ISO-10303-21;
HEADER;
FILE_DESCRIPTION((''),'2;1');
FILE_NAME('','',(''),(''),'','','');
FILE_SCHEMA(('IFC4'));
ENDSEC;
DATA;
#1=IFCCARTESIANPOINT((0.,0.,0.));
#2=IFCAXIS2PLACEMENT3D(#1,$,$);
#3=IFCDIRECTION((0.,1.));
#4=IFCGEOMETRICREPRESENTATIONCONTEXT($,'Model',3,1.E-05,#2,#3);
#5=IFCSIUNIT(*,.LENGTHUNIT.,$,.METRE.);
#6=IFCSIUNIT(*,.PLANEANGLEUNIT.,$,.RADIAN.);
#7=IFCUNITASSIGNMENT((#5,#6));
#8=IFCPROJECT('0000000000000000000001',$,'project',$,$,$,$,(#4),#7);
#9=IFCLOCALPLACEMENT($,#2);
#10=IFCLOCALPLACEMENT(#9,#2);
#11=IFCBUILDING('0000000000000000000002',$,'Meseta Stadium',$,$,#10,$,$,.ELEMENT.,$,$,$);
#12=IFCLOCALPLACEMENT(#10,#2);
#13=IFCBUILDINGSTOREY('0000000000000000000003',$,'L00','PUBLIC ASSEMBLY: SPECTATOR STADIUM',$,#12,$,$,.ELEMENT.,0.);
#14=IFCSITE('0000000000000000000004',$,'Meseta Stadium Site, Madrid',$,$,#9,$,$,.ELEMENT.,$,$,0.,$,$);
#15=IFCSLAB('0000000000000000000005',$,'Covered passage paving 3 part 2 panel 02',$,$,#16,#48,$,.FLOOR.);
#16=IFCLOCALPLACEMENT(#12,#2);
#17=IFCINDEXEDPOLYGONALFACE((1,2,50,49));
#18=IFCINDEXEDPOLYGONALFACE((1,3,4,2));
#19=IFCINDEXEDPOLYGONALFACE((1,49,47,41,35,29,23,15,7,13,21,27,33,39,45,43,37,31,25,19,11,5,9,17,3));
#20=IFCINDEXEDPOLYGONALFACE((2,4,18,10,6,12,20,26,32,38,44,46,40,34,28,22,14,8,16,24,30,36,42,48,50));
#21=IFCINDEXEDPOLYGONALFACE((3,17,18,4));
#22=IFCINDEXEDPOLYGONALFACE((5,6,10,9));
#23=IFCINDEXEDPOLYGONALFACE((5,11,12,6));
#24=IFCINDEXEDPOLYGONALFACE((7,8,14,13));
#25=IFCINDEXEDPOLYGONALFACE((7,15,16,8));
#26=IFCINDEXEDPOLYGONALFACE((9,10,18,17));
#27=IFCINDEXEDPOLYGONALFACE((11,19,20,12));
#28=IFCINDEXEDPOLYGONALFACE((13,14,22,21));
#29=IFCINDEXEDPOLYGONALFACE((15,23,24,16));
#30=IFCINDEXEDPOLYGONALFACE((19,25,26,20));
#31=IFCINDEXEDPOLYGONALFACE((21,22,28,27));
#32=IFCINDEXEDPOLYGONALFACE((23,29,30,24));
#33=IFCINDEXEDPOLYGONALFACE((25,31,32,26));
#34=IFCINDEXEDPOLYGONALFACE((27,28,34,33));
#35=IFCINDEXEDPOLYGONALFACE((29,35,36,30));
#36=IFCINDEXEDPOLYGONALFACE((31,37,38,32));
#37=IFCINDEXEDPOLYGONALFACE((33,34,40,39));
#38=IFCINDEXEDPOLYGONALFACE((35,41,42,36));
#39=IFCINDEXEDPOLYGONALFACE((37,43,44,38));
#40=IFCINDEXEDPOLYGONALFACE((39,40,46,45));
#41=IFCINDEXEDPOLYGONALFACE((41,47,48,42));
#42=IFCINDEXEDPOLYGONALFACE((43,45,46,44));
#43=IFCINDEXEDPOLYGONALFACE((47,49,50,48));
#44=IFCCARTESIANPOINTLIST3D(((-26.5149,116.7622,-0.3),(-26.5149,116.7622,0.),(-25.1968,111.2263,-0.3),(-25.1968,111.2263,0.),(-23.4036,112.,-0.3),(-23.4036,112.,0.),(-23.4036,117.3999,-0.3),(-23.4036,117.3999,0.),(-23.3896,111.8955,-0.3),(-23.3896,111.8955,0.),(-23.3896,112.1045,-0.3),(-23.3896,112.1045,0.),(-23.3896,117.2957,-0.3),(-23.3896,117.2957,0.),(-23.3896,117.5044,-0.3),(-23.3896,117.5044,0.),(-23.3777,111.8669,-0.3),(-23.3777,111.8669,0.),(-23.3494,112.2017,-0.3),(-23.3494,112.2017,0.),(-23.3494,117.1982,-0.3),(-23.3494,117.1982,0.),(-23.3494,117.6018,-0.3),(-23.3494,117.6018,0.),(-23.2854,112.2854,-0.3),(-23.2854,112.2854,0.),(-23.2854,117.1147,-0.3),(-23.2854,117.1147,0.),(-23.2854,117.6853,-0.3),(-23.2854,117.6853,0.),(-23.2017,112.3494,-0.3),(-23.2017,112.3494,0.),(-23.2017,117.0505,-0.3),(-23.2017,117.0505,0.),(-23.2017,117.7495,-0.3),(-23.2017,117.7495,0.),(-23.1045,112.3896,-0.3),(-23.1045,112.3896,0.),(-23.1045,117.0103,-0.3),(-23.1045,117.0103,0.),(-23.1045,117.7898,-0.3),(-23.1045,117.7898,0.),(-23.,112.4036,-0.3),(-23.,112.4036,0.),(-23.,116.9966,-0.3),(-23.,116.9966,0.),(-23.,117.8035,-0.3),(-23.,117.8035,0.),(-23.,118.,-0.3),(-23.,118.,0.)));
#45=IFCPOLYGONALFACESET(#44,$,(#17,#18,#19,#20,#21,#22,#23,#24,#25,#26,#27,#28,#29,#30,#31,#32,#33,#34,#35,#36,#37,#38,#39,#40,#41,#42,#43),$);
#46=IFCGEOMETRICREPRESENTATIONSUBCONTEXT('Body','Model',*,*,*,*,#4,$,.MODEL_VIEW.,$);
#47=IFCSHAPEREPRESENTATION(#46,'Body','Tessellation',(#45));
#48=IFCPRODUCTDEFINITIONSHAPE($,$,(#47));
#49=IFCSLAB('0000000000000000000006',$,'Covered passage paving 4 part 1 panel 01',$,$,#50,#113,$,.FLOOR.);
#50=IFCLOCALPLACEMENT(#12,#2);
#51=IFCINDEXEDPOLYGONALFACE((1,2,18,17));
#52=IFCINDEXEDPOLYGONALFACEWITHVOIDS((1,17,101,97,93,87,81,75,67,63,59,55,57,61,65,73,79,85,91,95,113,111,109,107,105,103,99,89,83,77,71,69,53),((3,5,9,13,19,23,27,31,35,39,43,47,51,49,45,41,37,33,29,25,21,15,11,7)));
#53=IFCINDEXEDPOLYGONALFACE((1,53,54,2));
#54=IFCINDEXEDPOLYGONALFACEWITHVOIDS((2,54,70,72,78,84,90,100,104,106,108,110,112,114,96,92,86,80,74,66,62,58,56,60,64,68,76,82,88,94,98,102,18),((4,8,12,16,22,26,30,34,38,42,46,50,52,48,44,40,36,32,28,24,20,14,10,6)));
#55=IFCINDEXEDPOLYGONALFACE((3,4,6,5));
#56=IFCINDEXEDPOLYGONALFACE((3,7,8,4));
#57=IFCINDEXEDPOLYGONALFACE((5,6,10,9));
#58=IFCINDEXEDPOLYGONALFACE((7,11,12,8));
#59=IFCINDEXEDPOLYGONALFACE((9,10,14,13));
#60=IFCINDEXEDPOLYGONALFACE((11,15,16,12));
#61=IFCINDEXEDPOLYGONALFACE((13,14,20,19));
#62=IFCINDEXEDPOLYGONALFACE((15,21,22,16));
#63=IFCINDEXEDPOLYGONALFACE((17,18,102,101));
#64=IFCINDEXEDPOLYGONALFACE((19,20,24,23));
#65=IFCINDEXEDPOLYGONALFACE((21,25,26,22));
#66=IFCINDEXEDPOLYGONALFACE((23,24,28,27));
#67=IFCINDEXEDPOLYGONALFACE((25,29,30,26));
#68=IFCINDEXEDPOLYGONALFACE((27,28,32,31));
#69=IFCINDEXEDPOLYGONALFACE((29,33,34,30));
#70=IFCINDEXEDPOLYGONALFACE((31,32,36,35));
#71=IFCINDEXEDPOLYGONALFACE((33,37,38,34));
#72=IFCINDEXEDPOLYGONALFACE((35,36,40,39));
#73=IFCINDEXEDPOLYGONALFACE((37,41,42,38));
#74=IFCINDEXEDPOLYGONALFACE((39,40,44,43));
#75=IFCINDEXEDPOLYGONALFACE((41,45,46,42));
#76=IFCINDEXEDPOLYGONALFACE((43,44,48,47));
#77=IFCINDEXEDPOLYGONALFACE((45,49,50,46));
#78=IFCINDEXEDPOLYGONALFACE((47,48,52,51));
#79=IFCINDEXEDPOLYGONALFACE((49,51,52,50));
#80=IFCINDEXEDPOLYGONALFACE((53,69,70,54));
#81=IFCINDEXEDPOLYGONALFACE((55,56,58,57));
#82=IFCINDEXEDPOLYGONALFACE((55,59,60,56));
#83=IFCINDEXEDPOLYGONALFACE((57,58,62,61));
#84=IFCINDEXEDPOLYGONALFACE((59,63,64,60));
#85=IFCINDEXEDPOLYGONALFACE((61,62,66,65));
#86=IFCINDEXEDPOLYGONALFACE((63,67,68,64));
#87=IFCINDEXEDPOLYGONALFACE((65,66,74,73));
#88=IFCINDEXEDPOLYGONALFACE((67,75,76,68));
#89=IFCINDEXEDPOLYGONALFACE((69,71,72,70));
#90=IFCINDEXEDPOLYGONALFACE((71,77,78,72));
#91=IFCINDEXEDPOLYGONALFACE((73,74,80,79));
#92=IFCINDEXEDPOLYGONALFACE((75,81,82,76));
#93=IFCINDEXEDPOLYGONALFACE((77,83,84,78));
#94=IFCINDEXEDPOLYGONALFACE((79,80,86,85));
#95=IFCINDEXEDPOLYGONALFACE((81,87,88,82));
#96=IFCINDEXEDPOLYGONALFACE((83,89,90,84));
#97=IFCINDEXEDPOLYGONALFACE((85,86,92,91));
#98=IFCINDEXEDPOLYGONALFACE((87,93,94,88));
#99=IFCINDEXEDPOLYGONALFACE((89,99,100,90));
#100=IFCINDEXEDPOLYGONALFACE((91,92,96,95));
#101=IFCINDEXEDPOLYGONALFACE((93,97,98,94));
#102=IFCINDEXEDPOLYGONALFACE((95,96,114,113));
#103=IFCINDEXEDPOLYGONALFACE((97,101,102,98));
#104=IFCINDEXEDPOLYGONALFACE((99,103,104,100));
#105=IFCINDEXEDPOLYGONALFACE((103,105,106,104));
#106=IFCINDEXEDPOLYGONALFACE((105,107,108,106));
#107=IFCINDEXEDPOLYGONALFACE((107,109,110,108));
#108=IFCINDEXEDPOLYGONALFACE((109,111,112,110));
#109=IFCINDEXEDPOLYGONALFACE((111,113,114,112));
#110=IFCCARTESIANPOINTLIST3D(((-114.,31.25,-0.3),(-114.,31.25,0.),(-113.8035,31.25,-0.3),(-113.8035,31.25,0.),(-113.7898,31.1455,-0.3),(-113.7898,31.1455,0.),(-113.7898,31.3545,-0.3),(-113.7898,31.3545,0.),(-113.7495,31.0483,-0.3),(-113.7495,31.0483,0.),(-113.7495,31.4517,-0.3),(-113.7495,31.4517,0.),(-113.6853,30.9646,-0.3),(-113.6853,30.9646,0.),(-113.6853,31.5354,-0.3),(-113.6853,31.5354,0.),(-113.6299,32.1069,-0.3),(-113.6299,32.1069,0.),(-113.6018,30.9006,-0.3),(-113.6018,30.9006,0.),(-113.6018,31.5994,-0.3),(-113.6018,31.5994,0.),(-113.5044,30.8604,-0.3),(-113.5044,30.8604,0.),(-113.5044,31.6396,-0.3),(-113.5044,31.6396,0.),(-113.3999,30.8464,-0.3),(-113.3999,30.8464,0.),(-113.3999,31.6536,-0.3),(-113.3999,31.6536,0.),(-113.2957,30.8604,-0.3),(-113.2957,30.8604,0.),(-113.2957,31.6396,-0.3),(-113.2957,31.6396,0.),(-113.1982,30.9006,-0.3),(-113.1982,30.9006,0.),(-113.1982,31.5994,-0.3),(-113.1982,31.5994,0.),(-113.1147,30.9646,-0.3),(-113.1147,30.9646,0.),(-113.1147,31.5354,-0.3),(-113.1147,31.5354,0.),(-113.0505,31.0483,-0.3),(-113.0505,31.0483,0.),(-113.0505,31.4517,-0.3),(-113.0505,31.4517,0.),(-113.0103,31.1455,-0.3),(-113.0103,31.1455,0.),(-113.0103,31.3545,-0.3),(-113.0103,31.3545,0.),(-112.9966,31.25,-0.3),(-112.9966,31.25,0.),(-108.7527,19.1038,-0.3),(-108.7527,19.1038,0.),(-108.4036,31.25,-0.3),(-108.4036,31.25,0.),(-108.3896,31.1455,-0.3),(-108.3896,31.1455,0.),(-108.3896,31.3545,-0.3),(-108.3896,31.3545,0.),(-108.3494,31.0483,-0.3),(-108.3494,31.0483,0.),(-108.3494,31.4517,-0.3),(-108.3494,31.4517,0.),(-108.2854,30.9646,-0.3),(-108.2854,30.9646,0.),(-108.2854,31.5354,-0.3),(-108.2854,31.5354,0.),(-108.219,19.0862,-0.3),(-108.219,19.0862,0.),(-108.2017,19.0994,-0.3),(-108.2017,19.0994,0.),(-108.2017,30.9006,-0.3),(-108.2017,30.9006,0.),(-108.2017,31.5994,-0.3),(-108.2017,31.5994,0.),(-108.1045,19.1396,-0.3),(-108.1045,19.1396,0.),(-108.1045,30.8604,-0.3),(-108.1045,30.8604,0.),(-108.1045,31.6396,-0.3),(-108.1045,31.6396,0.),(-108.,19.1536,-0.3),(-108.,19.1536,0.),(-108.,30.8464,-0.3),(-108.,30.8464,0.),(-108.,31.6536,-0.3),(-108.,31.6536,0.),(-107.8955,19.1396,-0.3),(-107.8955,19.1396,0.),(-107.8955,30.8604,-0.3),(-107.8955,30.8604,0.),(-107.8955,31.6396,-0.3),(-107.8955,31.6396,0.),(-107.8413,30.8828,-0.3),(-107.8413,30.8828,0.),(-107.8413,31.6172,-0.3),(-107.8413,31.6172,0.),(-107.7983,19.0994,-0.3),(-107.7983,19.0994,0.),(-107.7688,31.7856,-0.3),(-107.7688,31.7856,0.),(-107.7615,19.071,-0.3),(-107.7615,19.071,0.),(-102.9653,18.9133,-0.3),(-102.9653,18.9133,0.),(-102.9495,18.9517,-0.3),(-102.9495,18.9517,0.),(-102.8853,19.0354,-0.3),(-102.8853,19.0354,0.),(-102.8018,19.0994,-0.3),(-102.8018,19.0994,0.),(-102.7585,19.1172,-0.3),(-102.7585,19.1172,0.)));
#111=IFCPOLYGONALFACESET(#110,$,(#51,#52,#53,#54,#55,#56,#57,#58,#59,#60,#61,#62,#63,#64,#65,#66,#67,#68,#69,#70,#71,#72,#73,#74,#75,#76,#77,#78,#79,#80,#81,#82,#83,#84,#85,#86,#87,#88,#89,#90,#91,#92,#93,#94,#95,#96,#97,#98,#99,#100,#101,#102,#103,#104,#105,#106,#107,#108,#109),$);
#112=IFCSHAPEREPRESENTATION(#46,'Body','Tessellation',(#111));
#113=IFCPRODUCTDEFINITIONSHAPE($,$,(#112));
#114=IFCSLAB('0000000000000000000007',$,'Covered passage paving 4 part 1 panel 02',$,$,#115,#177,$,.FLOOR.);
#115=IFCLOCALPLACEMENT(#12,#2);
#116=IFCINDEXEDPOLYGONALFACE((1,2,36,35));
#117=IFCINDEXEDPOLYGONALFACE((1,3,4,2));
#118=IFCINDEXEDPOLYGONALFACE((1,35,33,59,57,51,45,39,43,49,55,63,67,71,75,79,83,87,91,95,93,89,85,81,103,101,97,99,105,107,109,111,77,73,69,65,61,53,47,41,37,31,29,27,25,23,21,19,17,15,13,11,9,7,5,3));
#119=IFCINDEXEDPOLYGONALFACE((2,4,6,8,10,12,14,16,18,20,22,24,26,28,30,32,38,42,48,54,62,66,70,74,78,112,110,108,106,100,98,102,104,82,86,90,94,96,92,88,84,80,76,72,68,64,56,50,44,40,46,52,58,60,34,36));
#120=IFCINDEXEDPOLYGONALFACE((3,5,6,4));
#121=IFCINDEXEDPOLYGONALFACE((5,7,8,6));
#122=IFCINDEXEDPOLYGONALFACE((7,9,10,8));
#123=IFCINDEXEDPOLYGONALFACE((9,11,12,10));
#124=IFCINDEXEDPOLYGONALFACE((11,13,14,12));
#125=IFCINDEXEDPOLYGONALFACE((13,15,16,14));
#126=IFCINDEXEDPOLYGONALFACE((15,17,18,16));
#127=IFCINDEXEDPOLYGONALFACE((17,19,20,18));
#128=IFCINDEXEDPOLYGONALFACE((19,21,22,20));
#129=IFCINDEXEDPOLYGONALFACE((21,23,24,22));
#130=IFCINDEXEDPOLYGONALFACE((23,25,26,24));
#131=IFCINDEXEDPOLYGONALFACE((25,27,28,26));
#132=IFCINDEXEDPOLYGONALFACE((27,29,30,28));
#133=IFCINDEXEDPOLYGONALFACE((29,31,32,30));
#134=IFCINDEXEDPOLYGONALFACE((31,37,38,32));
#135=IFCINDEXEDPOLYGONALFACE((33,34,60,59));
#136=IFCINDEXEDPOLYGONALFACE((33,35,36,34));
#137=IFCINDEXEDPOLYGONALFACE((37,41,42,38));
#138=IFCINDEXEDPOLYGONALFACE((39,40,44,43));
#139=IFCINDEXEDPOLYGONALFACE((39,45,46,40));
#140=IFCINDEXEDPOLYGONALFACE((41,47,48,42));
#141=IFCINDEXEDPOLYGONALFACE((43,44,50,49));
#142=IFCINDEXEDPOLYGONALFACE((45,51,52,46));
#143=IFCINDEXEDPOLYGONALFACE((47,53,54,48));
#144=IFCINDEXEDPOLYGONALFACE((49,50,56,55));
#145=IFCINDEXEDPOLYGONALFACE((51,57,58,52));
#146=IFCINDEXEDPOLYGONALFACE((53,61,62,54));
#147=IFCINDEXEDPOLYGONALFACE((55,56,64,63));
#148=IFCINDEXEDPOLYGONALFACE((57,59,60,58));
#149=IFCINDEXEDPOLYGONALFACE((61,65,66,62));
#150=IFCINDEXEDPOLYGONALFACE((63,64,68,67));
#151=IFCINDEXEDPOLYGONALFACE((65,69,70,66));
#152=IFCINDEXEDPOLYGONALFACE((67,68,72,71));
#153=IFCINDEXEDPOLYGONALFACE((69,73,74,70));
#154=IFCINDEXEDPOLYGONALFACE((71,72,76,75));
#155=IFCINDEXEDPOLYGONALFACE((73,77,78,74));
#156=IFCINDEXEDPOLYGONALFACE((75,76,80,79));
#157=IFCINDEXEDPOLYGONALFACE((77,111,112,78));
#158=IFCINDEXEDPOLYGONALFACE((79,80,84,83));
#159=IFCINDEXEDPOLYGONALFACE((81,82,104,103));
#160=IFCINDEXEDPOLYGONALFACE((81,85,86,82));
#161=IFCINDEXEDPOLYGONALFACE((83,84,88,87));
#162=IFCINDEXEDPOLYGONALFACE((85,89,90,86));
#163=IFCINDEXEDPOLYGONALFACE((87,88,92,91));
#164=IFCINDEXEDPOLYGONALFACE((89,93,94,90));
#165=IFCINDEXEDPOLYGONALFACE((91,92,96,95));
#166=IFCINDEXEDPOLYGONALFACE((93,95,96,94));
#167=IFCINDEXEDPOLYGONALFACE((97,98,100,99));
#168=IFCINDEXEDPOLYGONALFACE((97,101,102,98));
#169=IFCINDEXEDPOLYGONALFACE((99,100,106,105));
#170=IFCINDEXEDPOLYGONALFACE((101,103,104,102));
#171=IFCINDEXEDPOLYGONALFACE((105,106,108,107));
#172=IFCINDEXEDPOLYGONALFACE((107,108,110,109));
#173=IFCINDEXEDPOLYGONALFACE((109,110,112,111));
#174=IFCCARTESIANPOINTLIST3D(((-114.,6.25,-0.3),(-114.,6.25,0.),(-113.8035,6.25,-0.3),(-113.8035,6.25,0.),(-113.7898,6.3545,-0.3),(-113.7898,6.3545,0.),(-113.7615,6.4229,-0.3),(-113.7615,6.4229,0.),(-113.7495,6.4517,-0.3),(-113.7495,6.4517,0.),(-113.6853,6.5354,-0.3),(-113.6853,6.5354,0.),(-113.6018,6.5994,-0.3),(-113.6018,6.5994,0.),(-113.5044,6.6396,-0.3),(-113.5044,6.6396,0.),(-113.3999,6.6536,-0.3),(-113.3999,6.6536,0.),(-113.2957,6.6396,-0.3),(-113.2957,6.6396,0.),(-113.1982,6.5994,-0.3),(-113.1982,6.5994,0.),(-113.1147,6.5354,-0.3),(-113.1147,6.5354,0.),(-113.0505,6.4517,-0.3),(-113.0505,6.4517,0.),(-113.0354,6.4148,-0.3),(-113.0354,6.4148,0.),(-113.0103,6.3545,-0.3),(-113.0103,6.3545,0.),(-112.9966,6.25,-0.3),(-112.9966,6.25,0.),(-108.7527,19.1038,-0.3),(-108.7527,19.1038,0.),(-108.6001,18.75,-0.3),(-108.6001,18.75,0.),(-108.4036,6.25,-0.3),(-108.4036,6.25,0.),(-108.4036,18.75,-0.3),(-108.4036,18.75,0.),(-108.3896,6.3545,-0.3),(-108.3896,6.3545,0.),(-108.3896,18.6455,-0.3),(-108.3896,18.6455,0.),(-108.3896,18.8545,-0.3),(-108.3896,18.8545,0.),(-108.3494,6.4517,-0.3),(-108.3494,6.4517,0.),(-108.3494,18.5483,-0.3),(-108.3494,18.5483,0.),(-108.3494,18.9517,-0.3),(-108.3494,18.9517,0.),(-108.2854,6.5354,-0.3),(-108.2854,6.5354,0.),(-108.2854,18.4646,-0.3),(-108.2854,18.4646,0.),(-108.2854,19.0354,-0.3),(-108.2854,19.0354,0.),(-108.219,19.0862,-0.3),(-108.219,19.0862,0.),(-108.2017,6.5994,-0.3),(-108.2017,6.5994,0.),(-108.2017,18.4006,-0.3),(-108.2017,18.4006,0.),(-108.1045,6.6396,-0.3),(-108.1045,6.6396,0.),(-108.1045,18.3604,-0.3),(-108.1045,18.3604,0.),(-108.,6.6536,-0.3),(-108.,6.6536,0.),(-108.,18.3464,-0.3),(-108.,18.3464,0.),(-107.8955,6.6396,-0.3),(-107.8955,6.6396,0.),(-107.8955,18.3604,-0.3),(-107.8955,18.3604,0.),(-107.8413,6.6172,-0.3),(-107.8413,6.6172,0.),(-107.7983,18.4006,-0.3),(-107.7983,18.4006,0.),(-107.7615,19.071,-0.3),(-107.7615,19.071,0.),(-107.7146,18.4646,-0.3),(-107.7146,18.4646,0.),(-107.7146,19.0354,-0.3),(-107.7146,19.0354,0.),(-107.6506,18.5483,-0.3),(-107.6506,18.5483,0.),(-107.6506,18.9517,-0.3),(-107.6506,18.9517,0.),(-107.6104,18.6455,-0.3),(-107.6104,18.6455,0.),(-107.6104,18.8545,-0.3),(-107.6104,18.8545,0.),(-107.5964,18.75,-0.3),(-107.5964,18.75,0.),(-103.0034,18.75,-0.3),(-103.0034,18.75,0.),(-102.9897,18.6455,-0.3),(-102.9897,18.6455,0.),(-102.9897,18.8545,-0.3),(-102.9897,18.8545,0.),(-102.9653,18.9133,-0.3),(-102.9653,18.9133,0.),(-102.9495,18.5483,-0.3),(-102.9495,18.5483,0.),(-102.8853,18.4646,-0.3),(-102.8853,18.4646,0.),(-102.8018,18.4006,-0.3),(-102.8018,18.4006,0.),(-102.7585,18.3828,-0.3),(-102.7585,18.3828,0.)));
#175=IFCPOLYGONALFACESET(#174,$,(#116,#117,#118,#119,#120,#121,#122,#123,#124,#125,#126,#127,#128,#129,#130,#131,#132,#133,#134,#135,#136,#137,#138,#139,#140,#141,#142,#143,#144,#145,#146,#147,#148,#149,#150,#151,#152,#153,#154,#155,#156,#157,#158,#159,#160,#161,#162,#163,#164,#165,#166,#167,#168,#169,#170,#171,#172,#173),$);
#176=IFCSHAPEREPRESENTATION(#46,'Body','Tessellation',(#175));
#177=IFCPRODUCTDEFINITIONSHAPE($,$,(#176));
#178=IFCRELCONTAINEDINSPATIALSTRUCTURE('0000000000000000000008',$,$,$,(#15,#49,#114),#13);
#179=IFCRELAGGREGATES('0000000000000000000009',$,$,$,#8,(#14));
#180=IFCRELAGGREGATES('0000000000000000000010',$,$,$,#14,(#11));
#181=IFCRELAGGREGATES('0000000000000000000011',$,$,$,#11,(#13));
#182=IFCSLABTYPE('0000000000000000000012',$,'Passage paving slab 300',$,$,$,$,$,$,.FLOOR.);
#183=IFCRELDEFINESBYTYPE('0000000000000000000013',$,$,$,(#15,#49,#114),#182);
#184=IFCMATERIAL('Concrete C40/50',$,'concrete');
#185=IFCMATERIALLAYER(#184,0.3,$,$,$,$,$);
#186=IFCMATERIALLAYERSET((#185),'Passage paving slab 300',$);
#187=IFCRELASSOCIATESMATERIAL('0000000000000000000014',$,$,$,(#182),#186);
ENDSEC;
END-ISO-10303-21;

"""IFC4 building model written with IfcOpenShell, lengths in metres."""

from ifc_helpers import new_model, si_unit, direction, frame, origin, place, context, subcontext, project, spatial, polyline, outline, extrude, material, layer, layer_set, type_object, element, save


model = new_model("IFC4")

# Units and contexts
model_context = context("Model", 3, precision=1e-05, world=origin(), true_north=direction((0.0, 1.0)))
body_context = subcontext(model_context, "Body", "Model", "MODEL_VIEW")
ifc_project = project(units=[si_unit("LENGTHUNIT", "METRE"), si_unit("PLANEANGLEUNIT", "RADIAN")], contexts=[model_context])

# Site, building, storey
site_placement = place(None, origin())
site = spatial("IfcSite", under=ifc_project, at=site_placement, Name="Meseta Stadium Site, Madrid", CompositionType="ELEMENT", RefElevation=0.0)
building_placement = place(site_placement, origin())
building = spatial("IfcBuilding", under=site, at=building_placement, Name="Meseta Stadium", CompositionType="ELEMENT")
storey_placement = place(building_placement, origin())
storey = spatial("IfcBuildingStorey", under=building, at=storey_placement, Name="L00", Description="PUBLIC ASSEMBLY: SPECTATOR STADIUM", CompositionType="ELEMENT", Elevation=0.0)

# Slabs
ifc_material_1 = material(Name="Concrete C40/50", Category="concrete")
ifc_layer_1 = layer(ifc_material_1, 0.3)
ifc_layer_set_1 = layer_set([ifc_layer_1], Name="Passage paving slab 300")
slab_type_1 = type_object("IfcSlabType", Name="Passage paving slab 300", PredefinedType="FLOOR", material=ifc_layer_set_1)
slab_1_placement = place(storey_placement, frame((0.0, 0.0, -0.3)))
element("IfcSlab", 1, at=slab_1_placement, inside=storey, type_object=slab_type_1, Name="Covered passage paving 3 part 2 panel 02", PredefinedType="FLOOR", context=body_context, shape_type="SweptSolid", body=[
    extrude(outline(polyline([(-23.0, 117.8035), (-23.0, 118.0), (-26.5149, 116.7622), (-25.1968, 111.2263), (-23.3777, 111.8669), (-23.3896, 111.8955), (-23.4036, 112.0), (-23.3896, 112.1045), (-23.3494, 112.2017), (-23.2854, 112.2854), (-23.2017, 112.3494), (-23.1045, 112.3896), (-23.0, 112.4036), (-23.0, 116.9966), (-23.1045, 117.0103), (-23.2017, 117.0505), (-23.2854, 117.1147), (-23.3494, 117.1982), (-23.3896, 117.2957), (-23.4036, 117.3999), (-23.3896, 117.5044), (-23.3494, 117.6018), (-23.2854, 117.6853), (-23.2017, 117.7495), (-23.1045, 117.7898), (-23.0, 117.8035)])), origin(), (0.0, 0.0, 1.0), 0.3),
])
slab_2_placement = place(storey_placement, frame((0.0, 0.0, -0.3)))
element("IfcSlab", 2, at=slab_2_placement, inside=storey, type_object=slab_type_1, Name="Covered passage paving 4 part 1 panel 01", PredefinedType="FLOOR", context=body_context, shape_type="SweptSolid", body=[
    extrude(outline(polyline([(-113.6299, 32.1069), (-114.0, 31.25), (-108.7527, 19.1038), (-108.219, 19.0862), (-108.2017, 19.0994), (-108.1045, 19.1396), (-108.0, 19.1536), (-107.8955, 19.1396), (-107.7983, 19.0994), (-107.7615, 19.071), (-102.9653, 18.9133), (-102.9495, 18.9517), (-102.8853, 19.0354), (-102.8018, 19.0994), (-102.7585, 19.1172), (-107.8413, 30.8828), (-107.8955, 30.8604), (-108.0, 30.8464), (-108.1045, 30.8604), (-108.2017, 30.9006), (-108.2854, 30.9646), (-108.3494, 31.0483), (-108.3896, 31.1455), (-108.4036, 31.25), (-108.3896, 31.3545), (-108.3494, 31.4517), (-108.2854, 31.5354), (-108.2017, 31.5994), (-108.1045, 31.6396), (-108.0, 31.6536), (-107.8955, 31.6396), (-107.8413, 31.6172), (-107.7688, 31.7856), (-113.6299, 32.1069)]), holes=[polyline([(-113.1982, 30.9006), (-113.2957, 30.8604), (-113.3999, 30.8464), (-113.5044, 30.8604), (-113.6018, 30.9006), (-113.6853, 30.9646), (-113.7495, 31.0483), (-113.7898, 31.1455), (-113.8035, 31.25), (-113.7898, 31.3545), (-113.7495, 31.4517), (-113.6853, 31.5354), (-113.6018, 31.5994), (-113.5044, 31.6396), (-113.3999, 31.6536), (-113.2957, 31.6396), (-113.1982, 31.5994), (-113.1147, 31.5354), (-113.0505, 31.4517), (-113.0103, 31.3545), (-112.9966, 31.25), (-113.0103, 31.1455), (-113.0505, 31.0483), (-113.1147, 30.9646), (-113.1982, 30.9006)])]), origin(), (0.0, 0.0, 1.0), 0.3),
])
slab_3_placement = place(storey_placement, frame((0.0, 0.0, -0.3)))
element("IfcSlab", 3, at=slab_3_placement, inside=storey, type_object=slab_type_1, Name="Covered passage paving 4 part 1 panel 02", PredefinedType="FLOOR", context=body_context, shape_type="SweptSolid", body=[
    extrude(outline(polyline([(-108.6001, 18.75), (-114.0, 6.25), (-113.8035, 6.25), (-113.7898, 6.3545), (-113.7615, 6.4229), (-113.7495, 6.4517), (-113.6853, 6.5354), (-113.6018, 6.5994), (-113.5044, 6.6396), (-113.3999, 6.6536), (-113.2957, 6.6396), (-113.1982, 6.5994), (-113.1147, 6.5354), (-113.0505, 6.4517), (-113.0354, 6.4148), (-113.0103, 6.3545), (-112.9966, 6.25), (-108.4036, 6.25), (-108.3896, 6.3545), (-108.3494, 6.4517), (-108.2854, 6.5354), (-108.2017, 6.5994), (-108.1045, 6.6396), (-108.0, 6.6536), (-107.8955, 6.6396), (-107.8413, 6.6172), (-102.7585, 18.3828), (-102.8018, 18.4006), (-102.8853, 18.4646), (-102.9495, 18.5483), (-102.9897, 18.6455), (-103.0034, 18.75), (-102.9897, 18.8545), (-102.9653, 18.9133), (-107.7615, 19.071), (-107.7146, 19.0354), (-107.6506, 18.9517), (-107.6104, 18.8545), (-107.5964, 18.75), (-107.6104, 18.6455), (-107.6506, 18.5483), (-107.7146, 18.4646), (-107.7983, 18.4006), (-107.8955, 18.3604), (-108.0, 18.3464), (-108.1045, 18.3604), (-108.2017, 18.4006), (-108.2854, 18.4646), (-108.3494, 18.5483), (-108.3896, 18.6455), (-108.4036, 18.75), (-108.3896, 18.8545), (-108.3494, 18.9517), (-108.2854, 19.0354), (-108.219, 19.0862), (-108.7527, 19.1038), (-108.6001, 18.75)])), origin(), (0.0, 0.0, 1.0), 0.3),
])

save(model, "model.ifc")
